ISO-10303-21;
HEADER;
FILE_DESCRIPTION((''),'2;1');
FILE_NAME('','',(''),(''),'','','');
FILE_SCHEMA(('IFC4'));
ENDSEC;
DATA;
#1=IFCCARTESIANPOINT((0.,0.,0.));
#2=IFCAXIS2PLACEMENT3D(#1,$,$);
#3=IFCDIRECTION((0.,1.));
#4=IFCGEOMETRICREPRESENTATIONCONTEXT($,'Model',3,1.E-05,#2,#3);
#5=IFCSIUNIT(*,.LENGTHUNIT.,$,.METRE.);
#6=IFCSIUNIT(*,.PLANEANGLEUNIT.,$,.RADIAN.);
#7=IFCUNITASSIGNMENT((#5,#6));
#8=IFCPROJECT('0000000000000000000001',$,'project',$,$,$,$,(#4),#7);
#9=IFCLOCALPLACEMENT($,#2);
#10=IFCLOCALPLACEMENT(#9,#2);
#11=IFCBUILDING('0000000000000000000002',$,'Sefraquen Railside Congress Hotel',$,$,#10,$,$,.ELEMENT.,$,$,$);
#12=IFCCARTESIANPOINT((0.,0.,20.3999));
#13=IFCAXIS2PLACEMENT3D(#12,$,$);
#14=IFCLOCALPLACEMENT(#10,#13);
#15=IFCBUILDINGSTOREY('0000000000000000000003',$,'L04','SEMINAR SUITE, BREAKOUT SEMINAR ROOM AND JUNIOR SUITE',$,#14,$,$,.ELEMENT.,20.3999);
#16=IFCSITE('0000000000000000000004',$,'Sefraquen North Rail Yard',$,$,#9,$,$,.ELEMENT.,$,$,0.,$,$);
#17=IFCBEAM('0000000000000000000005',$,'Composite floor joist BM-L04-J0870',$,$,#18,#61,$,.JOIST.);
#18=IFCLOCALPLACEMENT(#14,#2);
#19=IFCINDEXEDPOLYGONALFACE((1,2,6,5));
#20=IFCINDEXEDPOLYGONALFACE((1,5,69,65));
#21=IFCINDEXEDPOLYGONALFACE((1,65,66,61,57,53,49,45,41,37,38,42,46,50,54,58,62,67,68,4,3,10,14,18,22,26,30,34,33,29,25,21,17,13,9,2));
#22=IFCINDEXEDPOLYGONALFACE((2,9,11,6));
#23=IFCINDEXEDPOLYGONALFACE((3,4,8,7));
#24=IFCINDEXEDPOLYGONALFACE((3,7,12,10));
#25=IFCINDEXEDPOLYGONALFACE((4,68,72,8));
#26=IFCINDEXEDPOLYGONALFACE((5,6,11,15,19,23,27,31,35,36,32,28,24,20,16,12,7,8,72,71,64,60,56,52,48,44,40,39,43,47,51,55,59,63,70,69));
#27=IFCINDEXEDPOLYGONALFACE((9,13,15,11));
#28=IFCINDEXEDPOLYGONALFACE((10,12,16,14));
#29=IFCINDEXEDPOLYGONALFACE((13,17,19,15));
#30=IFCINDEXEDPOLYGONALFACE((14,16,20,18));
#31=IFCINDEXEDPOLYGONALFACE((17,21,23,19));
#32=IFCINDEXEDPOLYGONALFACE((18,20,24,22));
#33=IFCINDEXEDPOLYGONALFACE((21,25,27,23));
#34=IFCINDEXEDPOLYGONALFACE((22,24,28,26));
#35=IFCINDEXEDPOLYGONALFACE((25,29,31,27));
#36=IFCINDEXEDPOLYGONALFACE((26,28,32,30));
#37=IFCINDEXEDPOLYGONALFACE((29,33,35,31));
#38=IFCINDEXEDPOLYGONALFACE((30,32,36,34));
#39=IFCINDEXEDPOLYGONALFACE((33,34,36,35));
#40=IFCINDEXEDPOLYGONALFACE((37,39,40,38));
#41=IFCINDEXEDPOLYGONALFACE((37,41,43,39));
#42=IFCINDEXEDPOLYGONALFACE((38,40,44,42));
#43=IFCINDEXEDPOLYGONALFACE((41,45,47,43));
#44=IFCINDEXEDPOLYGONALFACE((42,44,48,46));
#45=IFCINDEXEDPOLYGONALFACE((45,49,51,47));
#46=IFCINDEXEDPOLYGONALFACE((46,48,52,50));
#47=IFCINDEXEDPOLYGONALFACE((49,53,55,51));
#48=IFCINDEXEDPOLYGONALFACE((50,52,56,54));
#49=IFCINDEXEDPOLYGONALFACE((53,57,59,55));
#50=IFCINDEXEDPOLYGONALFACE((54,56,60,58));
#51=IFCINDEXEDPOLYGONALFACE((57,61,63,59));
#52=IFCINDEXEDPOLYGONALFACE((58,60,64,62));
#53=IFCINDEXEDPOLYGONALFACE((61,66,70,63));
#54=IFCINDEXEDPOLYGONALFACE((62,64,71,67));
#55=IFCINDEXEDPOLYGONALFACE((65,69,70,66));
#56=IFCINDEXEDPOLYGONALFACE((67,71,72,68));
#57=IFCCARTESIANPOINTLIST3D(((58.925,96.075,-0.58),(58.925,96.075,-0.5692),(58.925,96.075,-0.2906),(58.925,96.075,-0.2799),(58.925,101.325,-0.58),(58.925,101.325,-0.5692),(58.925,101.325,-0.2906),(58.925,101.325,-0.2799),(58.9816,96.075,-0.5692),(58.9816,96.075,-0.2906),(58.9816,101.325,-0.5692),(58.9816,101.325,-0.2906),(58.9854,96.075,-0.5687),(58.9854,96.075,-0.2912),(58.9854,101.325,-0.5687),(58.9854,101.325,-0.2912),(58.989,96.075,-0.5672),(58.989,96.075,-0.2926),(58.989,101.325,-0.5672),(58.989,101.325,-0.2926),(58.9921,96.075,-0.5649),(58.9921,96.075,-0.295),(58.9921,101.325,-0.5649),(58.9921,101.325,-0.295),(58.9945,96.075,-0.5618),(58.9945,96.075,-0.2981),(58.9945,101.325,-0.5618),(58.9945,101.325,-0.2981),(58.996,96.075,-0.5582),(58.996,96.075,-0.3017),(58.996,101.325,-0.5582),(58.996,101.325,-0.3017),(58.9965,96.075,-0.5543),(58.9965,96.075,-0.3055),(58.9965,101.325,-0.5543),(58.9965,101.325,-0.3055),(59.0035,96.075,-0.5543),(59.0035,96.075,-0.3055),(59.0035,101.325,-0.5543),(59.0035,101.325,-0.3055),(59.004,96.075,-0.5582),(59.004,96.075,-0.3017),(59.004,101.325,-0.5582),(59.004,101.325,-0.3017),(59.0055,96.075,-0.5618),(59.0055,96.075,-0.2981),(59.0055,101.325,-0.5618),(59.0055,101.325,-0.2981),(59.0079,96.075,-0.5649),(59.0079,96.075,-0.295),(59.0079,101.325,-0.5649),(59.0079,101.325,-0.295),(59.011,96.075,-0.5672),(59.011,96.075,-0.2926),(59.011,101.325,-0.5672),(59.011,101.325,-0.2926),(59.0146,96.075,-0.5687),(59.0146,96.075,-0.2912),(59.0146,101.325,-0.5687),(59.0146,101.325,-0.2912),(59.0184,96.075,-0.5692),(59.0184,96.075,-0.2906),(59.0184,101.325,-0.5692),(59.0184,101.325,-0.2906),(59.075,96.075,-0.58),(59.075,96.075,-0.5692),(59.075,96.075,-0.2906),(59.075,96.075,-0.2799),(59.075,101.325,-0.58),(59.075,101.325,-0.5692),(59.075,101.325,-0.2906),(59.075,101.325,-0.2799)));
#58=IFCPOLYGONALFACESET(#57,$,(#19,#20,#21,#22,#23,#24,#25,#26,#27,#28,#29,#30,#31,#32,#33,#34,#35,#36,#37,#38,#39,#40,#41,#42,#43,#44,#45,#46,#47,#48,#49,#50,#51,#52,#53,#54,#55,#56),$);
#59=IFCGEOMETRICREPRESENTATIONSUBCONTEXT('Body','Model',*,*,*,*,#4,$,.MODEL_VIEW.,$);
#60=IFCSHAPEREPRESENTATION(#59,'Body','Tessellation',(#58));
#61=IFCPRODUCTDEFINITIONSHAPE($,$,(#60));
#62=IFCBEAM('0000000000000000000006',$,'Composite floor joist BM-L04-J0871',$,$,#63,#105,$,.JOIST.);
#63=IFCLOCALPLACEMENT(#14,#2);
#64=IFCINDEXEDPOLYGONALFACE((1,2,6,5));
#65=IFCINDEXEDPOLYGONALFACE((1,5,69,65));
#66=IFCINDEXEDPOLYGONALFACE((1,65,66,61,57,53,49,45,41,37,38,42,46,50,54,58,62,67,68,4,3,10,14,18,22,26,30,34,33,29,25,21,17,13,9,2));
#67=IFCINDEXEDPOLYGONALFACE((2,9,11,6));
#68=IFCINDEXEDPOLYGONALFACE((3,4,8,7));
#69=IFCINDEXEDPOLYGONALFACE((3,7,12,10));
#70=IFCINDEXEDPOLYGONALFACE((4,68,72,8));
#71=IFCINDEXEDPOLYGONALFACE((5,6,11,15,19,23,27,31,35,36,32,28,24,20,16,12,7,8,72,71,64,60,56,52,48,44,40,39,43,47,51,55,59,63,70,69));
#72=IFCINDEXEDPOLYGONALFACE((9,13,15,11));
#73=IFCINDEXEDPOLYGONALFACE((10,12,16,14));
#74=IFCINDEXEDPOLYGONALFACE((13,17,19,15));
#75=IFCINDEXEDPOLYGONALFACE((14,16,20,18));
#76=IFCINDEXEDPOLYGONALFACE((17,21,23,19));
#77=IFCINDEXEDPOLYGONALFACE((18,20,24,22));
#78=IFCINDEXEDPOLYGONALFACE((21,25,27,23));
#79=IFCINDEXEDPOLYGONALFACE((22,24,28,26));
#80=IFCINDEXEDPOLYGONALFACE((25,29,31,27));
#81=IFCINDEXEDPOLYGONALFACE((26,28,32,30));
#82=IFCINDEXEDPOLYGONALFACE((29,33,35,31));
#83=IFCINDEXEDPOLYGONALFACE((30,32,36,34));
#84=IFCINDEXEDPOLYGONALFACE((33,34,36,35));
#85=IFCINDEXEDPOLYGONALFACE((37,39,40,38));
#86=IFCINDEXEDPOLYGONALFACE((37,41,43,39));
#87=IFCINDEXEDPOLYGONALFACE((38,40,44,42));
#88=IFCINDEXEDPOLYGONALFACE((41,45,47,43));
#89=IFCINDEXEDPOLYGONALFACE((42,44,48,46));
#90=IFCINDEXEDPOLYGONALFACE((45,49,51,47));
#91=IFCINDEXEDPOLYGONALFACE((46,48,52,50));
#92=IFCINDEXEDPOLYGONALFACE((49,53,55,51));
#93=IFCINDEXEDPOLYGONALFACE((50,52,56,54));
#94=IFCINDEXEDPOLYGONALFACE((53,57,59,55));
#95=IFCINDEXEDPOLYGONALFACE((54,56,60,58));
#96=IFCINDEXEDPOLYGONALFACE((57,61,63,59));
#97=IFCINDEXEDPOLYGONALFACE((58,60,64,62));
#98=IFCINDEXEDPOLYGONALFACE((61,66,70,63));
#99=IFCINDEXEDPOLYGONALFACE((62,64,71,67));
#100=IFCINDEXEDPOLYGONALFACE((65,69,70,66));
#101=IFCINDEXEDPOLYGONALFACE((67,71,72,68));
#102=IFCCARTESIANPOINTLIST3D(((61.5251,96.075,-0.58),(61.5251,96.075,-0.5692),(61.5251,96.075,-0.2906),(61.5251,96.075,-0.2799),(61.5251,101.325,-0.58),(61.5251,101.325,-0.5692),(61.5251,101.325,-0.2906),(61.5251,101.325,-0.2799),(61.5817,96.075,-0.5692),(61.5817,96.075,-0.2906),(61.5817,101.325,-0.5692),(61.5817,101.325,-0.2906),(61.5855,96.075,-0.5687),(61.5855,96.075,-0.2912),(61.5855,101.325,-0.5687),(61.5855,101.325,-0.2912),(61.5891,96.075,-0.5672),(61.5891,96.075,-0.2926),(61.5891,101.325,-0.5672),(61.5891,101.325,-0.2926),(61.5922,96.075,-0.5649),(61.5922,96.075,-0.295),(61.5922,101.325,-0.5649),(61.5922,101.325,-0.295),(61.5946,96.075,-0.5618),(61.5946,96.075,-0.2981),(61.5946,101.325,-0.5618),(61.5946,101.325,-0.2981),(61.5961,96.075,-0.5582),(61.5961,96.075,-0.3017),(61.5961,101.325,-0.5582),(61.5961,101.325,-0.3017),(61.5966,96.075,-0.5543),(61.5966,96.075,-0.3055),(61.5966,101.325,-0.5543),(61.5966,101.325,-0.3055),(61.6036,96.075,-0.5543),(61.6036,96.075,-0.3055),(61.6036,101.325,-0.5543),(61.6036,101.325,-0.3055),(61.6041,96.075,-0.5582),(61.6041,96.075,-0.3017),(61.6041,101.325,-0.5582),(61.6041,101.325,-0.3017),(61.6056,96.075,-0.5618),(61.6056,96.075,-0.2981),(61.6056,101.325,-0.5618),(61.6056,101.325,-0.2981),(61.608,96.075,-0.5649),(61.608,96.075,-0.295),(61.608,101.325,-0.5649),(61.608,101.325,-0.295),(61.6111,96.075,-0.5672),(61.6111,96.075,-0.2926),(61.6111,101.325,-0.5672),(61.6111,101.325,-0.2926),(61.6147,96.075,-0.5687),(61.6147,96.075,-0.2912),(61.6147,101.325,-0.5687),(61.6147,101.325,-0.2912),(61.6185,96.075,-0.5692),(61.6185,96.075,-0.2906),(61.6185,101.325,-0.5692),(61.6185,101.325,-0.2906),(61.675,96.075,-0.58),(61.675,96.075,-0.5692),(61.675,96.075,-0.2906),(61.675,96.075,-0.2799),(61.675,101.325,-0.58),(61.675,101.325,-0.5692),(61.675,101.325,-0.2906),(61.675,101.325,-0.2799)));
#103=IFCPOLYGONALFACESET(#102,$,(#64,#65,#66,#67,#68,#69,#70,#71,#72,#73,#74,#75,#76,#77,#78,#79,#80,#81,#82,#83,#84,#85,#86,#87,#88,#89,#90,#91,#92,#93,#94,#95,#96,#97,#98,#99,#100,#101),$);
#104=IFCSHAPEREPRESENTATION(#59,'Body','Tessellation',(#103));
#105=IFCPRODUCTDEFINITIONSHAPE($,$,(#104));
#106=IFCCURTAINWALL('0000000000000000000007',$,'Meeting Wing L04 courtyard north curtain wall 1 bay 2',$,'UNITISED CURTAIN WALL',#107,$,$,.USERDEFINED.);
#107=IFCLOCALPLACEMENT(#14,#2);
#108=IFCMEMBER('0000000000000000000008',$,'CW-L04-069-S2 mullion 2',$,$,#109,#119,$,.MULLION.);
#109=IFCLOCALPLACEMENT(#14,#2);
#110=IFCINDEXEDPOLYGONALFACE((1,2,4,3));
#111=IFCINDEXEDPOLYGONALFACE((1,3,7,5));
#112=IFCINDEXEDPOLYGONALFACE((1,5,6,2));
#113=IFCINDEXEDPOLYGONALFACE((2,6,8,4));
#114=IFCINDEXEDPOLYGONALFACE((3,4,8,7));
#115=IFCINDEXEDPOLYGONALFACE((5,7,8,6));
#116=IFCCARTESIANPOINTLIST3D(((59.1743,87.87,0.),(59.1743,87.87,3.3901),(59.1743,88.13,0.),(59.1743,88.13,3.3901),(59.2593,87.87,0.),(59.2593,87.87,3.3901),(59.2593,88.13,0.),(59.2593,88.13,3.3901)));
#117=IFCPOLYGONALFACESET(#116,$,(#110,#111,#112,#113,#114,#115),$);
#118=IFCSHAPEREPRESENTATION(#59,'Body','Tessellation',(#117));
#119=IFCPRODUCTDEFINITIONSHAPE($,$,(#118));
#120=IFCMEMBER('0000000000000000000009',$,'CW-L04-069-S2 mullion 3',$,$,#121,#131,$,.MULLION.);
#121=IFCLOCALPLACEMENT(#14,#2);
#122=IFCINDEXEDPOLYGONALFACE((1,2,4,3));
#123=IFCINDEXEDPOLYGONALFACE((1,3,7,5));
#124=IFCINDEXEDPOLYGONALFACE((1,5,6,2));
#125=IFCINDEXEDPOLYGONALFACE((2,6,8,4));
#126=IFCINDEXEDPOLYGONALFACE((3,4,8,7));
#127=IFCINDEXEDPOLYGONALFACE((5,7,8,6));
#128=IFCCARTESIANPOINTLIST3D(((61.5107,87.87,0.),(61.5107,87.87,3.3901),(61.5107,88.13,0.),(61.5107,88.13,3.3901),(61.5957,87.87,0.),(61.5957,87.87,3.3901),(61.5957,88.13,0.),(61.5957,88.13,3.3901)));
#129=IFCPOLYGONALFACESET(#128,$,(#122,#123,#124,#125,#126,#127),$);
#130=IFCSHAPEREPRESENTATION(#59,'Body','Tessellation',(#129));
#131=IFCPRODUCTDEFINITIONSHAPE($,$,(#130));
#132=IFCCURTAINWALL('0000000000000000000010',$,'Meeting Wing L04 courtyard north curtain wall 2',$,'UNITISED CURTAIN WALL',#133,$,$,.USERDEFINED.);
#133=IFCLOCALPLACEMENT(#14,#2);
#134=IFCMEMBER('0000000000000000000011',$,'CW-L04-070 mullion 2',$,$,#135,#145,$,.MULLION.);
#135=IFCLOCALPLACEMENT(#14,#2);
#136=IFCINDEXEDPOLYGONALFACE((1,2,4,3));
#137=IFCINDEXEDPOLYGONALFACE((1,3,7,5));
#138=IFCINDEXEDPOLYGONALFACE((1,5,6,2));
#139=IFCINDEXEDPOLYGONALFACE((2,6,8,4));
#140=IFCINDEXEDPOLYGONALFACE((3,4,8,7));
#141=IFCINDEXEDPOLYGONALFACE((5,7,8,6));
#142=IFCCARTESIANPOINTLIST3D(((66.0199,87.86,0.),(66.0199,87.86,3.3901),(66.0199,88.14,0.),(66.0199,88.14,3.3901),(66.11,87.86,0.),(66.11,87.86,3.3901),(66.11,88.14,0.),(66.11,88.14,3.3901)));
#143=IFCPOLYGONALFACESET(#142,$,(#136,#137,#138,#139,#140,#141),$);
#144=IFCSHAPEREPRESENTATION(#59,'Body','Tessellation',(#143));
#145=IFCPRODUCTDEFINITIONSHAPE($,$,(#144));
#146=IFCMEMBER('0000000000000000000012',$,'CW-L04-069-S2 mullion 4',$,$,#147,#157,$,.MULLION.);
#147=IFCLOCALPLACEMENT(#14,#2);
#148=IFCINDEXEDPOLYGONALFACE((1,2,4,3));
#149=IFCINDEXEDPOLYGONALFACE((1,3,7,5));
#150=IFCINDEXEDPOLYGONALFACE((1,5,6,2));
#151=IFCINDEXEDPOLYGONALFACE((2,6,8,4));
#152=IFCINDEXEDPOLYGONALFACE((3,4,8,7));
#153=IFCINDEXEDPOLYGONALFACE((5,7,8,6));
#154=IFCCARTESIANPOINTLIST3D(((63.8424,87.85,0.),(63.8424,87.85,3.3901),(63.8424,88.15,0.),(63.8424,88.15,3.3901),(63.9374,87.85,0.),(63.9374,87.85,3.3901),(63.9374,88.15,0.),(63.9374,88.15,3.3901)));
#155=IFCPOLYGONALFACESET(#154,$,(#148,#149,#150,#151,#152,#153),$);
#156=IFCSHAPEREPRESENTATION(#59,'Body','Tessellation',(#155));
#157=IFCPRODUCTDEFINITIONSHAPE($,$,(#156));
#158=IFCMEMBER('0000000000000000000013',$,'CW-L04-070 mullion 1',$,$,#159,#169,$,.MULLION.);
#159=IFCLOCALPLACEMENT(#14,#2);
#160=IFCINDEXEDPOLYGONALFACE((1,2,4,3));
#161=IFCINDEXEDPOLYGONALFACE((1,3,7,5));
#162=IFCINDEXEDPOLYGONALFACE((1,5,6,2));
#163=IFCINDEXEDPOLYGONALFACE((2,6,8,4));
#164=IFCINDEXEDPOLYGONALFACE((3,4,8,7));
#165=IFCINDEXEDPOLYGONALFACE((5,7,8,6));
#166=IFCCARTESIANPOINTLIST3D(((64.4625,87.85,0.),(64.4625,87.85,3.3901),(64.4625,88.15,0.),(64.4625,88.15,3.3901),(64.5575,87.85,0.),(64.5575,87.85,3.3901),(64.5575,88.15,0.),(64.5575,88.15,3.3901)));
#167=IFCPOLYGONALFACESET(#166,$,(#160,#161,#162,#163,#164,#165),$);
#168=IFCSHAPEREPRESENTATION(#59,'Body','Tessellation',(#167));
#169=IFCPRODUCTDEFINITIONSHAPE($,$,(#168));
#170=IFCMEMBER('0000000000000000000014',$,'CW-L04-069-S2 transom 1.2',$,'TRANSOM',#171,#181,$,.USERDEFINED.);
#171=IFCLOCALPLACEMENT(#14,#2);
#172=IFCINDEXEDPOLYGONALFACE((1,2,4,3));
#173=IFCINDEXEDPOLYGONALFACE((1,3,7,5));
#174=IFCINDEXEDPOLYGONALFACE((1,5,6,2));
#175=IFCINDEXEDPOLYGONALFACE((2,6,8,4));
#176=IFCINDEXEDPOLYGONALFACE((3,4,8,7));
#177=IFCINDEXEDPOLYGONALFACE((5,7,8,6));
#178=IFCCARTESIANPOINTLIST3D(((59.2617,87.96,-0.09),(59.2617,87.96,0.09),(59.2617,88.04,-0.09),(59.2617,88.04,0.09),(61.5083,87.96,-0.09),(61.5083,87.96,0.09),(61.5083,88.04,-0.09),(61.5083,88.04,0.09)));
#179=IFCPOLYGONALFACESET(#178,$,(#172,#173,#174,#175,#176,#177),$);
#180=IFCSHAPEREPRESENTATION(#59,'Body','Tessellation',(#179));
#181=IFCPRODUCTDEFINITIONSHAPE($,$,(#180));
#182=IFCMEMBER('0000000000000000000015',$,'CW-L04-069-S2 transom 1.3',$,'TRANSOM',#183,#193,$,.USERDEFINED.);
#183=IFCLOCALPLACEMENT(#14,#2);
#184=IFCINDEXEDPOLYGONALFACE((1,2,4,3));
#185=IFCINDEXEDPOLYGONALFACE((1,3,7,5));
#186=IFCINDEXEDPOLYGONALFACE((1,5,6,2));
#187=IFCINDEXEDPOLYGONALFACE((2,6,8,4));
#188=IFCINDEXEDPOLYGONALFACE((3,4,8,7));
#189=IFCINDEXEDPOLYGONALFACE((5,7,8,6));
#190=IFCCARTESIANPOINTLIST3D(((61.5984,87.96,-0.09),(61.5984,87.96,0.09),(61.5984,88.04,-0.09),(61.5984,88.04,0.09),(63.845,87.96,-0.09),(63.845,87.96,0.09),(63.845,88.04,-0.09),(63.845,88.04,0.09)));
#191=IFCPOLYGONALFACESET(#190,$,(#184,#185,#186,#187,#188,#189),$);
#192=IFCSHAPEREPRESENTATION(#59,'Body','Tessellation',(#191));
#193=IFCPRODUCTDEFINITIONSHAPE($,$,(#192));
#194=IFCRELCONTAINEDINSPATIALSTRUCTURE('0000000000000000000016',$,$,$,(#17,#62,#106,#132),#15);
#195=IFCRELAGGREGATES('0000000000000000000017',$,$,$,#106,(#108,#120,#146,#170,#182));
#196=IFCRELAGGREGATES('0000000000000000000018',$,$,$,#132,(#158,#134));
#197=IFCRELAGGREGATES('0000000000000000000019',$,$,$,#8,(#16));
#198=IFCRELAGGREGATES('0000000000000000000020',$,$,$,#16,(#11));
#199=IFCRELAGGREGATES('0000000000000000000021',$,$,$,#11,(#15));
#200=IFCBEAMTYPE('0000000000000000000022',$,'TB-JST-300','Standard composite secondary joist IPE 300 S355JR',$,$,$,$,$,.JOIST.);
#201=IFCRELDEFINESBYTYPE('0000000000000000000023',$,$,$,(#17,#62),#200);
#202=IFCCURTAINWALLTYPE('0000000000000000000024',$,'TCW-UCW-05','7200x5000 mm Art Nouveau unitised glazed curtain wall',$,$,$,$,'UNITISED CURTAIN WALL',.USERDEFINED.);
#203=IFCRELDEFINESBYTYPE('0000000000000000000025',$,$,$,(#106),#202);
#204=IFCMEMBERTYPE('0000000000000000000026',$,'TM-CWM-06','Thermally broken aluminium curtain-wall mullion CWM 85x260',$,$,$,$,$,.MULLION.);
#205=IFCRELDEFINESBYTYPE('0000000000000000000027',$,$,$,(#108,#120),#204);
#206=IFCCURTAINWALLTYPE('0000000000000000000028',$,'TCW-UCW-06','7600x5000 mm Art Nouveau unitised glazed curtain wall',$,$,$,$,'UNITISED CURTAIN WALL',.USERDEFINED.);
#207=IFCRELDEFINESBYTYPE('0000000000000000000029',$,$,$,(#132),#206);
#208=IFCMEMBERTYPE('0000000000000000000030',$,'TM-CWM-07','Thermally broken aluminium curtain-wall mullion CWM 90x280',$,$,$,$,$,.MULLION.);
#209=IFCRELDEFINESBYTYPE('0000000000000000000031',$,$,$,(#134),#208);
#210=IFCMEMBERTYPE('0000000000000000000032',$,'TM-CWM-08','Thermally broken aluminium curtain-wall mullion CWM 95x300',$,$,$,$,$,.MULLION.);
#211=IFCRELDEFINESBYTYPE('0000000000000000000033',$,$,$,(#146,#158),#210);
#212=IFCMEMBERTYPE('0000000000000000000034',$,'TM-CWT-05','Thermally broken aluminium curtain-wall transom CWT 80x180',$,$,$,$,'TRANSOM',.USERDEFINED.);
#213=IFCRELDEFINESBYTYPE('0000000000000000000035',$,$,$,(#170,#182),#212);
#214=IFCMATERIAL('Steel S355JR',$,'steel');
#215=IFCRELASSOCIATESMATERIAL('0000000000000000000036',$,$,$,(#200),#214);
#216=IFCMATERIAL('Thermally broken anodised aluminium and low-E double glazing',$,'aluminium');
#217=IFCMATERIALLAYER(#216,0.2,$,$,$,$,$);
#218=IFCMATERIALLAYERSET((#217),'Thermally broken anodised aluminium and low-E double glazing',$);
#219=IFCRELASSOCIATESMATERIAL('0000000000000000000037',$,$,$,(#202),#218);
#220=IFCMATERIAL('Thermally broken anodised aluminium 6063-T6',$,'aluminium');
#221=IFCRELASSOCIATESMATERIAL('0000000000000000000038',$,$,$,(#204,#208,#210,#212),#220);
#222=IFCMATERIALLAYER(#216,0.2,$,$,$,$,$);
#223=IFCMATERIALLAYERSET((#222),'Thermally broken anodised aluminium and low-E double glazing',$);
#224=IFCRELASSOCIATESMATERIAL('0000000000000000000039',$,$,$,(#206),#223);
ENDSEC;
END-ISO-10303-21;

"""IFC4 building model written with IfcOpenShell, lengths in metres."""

from ifc_helpers import new_model, si_unit, direction, frame, origin, origin_2d, place, context, subcontext, project, spatial, rectangle, i_section, extrude, material, layer, layer_set, material_profile, profile_set, type_object, element, aggregate, save


model = new_model("IFC4")

# Units and contexts
model_context = context("Model", 3, precision=1e-05, world=origin(), true_north=direction((0.0, 1.0)))
body_context = subcontext(model_context, "Body", "Model", "MODEL_VIEW")
ifc_project = project(units=[si_unit("LENGTHUNIT", "METRE"), si_unit("PLANEANGLEUNIT", "RADIAN")], contexts=[model_context])

# Site, building, storey
site_placement = place(None, origin())
site = spatial("IfcSite", under=ifc_project, at=site_placement, Name="Sefraquen North Rail Yard", CompositionType="ELEMENT", RefElevation=0.0)
building_placement = place(site_placement, origin())
building = spatial("IfcBuilding", under=site, at=building_placement, Name="Sefraquen Railside Congress Hotel", CompositionType="ELEMENT")
storey_placement = place(building_placement, frame((0.0, 0.0, 20.3999)))
storey = spatial("IfcBuildingStorey", under=building, at=storey_placement, Name="L04", Description="SEMINAR SUITE, BREAKOUT SEMINAR ROOM AND JUNIOR SUITE", CompositionType="ELEMENT", Elevation=20.3999)

# Shared definitions
ifc_material_1 = material(Name="Steel S355JR", Category="steel")

# Beams
ifc_material_profile_1 = material_profile(ifc_material_1, i_section(OverallWidth=0.1499, OverallDepth=0.3, WebThickness=0.0071, FlangeThickness=0.0107, FilletRadius=0.0149, at=origin_2d()), Name="IPE 300")
ifc_profile_set_1 = profile_set([ifc_material_profile_1], Name="Steel S355JR")
beam_type_1 = type_object("IfcBeamType", Name="TB-JST-300", Description="Standard composite secondary joist IPE 300 S355JR", PredefinedType="JOIST", material=ifc_profile_set_1)
for number, where, z_axis, x_axis, name in (
    (1, (59.0, 96.075, -0.4299), (0.0, 1.0, 0.0), (-1.0, 0.0, 0.0), "Composite floor joist BM-L04-J0870"),
    (2, (61.6001, 96.075, -0.4299), (0.0, 1.0, 0.0), (-1.0, 0.0, 0.0), "Composite floor joist BM-L04-J0871"),
):
    element("IfcBeam", number, at=place(storey_placement, frame(where, z_axis=z_axis, x_axis=x_axis)), inside=storey, type_object=beam_type_1, Name=name, PredefinedType="JOIST", context=body_context, shape_type="SweptSolid", body=[
        extrude(i_section(OverallWidth=0.1499, OverallDepth=0.3, WebThickness=0.0071, FlangeThickness=0.0107, FilletRadius=0.0149, at=origin_2d()), origin(), (0.0, 0.0, 1.0), 5.25),
    ])

# Curtain wall, members
ifc_material_2 = material(Name="Thermally broken anodised aluminium and low-E double glazing", Category="aluminium")
ifc_layer_1 = layer(ifc_material_2, 0.2)
ifc_layer_set_1 = layer_set([ifc_layer_1], Name="Thermally broken anodised aluminium and low-E double glazing")
curtain_wall_type_1 = type_object("IfcCurtainWallType", Name="TCW-UCW-05", Description="7200x5000 mm Art Nouveau unitised glazed curtain wall", ElementType="UNITISED CURTAIN WALL", PredefinedType="USERDEFINED", material=ifc_layer_set_1)
curtain_wall_1_placement = place(storey_placement, origin())
curtain_wall_1 = element("IfcCurtainWall", 3, at=curtain_wall_1_placement, inside=storey, type_object=curtain_wall_type_1, Name="Meeting Wing L04 courtyard north curtain wall 1 bay 2", ObjectType="UNITISED CURTAIN WALL", PredefinedType="USERDEFINED")
ifc_material_3 = material(Name="Thermally broken anodised aluminium 6063-T6", Category="aluminium")
ifc_material_profile_2 = material_profile(ifc_material_3, rectangle(XDim=0.085, YDim=0.26, at=origin_2d()), Name="CWM 85x260")
ifc_profile_set_2 = profile_set([ifc_material_profile_2], Name="Thermally broken anodised aluminium 6063-T6")
member_type_1 = type_object("IfcMemberType", Name="TM-CWM-06", Description="Thermally broken aluminium curtain-wall mullion CWM 85x260", PredefinedType="MULLION", material=ifc_profile_set_2)
member_1_placement = place(storey_placement, frame((59.2168, 88.0, 0.0), z_axis=(0.0, 0.0, 1.0), x_axis=(1.0, 0.0, 0.0)))
member_1 = element("IfcMember", 4, at=member_1_placement, type_object=member_type_1, Name="CW-L04-069-S2 mullion 2", PredefinedType="MULLION", context=body_context, shape_type="SweptSolid", body=[
    extrude(rectangle(XDim=0.085, YDim=0.26, at=origin_2d()), origin(), (0.0, 0.0, 1.0), 3.3901),
])
member_2_placement = place(storey_placement, frame((61.5532, 88.0, 0.0), z_axis=(0.0, 0.0, 1.0), x_axis=(1.0, 0.0, 0.0)))
member_2 = element("IfcMember", 5, at=member_2_placement, type_object=member_type_1, Name="CW-L04-069-S2 mullion 3", PredefinedType="MULLION", context=body_context, shape_type="SweptSolid", body=[
    extrude(rectangle(XDim=0.085, YDim=0.26, at=origin_2d()), origin(), (0.0, 0.0, 1.0), 3.3901),
])

# Curtain wall, member
ifc_layer_2 = layer(ifc_material_2, 0.2)
ifc_layer_set_2 = layer_set([ifc_layer_2], Name="Thermally broken anodised aluminium and low-E double glazing")
curtain_wall_type_2 = type_object("IfcCurtainWallType", Name="TCW-UCW-06", Description="7600x5000 mm Art Nouveau unitised glazed curtain wall", ElementType="UNITISED CURTAIN WALL", PredefinedType="USERDEFINED", material=ifc_layer_set_2)
curtain_wall_2_placement = place(storey_placement, origin())
curtain_wall_2 = element("IfcCurtainWall", 6, at=curtain_wall_2_placement, inside=storey, type_object=curtain_wall_type_2, Name="Meeting Wing L04 courtyard north curtain wall 2", ObjectType="UNITISED CURTAIN WALL", PredefinedType="USERDEFINED")
ifc_material_profile_3 = material_profile(ifc_material_3, rectangle(XDim=0.0901, YDim=0.28, at=origin_2d()), Name="CWM 90x280")
ifc_profile_set_3 = profile_set([ifc_material_profile_3], Name="Thermally broken anodised aluminium 6063-T6")
member_type_2 = type_object("IfcMemberType", Name="TM-CWM-07", Description="Thermally broken aluminium curtain-wall mullion CWM 90x280", PredefinedType="MULLION", material=ifc_profile_set_3)
member_3_placement = place(storey_placement, frame((66.0649, 88.0, 0.0), z_axis=(0.0, 0.0, 1.0), x_axis=(1.0, 0.0, 0.0)))
member_3 = element("IfcMember", 7, at=member_3_placement, type_object=member_type_2, Name="CW-L04-070 mullion 2", PredefinedType="MULLION", context=body_context, shape_type="SweptSolid", body=[
    extrude(rectangle(XDim=0.0901, YDim=0.28, at=origin_2d()), origin(), (0.0, 0.0, 1.0), 3.3901),
])

# Members
ifc_material_profile_4 = material_profile(ifc_material_3, rectangle(XDim=0.095, YDim=0.3, at=origin_2d()), Name="CWM 95x300")
ifc_profile_set_4 = profile_set([ifc_material_profile_4], Name="Thermally broken anodised aluminium 6063-T6")
member_type_3 = type_object("IfcMemberType", Name="TM-CWM-08", Description="Thermally broken aluminium curtain-wall mullion CWM 95x300", PredefinedType="MULLION", material=ifc_profile_set_4)
member_4_placement = place(storey_placement, frame((63.8899, 88.0, 0.0), z_axis=(0.0, 0.0, 1.0), x_axis=(1.0, 0.0, 0.0)))
member_4 = element("IfcMember", 8, at=member_4_placement, type_object=member_type_3, Name="CW-L04-069-S2 mullion 4", PredefinedType="MULLION", context=body_context, shape_type="SweptSolid", body=[
    extrude(rectangle(XDim=0.095, YDim=0.3, at=origin_2d()), origin(), (0.0, 0.0, 1.0), 3.3901),
])
member_5_placement = place(storey_placement, frame((64.51, 88.0, 0.0), z_axis=(0.0, 0.0, 1.0), x_axis=(1.0, 0.0, 0.0)))
member_5 = element("IfcMember", 9, at=member_5_placement, type_object=member_type_3, Name="CW-L04-070 mullion 1", PredefinedType="MULLION", context=body_context, shape_type="SweptSolid", body=[
    extrude(rectangle(XDim=0.095, YDim=0.3, at=origin_2d()), origin(), (0.0, 0.0, 1.0), 3.3901),
])
ifc_material_profile_5 = material_profile(ifc_material_3, rectangle(XDim=0.0801, YDim=0.1799, at=origin_2d()), Name="CWT 80x180")
ifc_profile_set_5 = profile_set([ifc_material_profile_5], Name="Thermally broken anodised aluminium 6063-T6")
member_type_4 = type_object("IfcMemberType", Name="TM-CWT-05", Description="Thermally broken aluminium curtain-wall transom CWT 80x180", ElementType="TRANSOM", PredefinedType="USERDEFINED", material=ifc_profile_set_5)
member_6_placement = place(storey_placement, frame((59.2617, 88.0, 0.0), z_axis=(1.0, 0.0, 0.0), x_axis=(0.0, 1.0, 0.0)))
member_6 = element("IfcMember", 10, at=member_6_placement, type_object=member_type_4, Name="CW-L04-069-S2 transom 1.2", ObjectType="TRANSOM", PredefinedType="USERDEFINED", context=body_context, shape_type="SweptSolid", body=[
    extrude(rectangle(XDim=0.0801, YDim=0.1799, at=origin_2d()), origin(), (0.0, 0.0, 1.0), 2.2466),
])
member_7_placement = place(storey_placement, frame((61.5984, 88.0, 0.0), z_axis=(1.0, 0.0, 0.0), x_axis=(0.0, 1.0, 0.0)))
member_7 = element("IfcMember", 11, at=member_7_placement, type_object=member_type_4, Name="CW-L04-069-S2 transom 1.3", ObjectType="TRANSOM", PredefinedType="USERDEFINED", context=body_context, shape_type="SweptSolid", body=[
    extrude(rectangle(XDim=0.0801, YDim=0.1799, at=origin_2d()), origin(), (0.0, 0.0, 1.0), 2.2466),
])

aggregate(curtain_wall_1, [member_1, member_2, member_4, member_6, member_7])
aggregate(curtain_wall_2, [member_5, member_3])

save(model, "model.ifc")
